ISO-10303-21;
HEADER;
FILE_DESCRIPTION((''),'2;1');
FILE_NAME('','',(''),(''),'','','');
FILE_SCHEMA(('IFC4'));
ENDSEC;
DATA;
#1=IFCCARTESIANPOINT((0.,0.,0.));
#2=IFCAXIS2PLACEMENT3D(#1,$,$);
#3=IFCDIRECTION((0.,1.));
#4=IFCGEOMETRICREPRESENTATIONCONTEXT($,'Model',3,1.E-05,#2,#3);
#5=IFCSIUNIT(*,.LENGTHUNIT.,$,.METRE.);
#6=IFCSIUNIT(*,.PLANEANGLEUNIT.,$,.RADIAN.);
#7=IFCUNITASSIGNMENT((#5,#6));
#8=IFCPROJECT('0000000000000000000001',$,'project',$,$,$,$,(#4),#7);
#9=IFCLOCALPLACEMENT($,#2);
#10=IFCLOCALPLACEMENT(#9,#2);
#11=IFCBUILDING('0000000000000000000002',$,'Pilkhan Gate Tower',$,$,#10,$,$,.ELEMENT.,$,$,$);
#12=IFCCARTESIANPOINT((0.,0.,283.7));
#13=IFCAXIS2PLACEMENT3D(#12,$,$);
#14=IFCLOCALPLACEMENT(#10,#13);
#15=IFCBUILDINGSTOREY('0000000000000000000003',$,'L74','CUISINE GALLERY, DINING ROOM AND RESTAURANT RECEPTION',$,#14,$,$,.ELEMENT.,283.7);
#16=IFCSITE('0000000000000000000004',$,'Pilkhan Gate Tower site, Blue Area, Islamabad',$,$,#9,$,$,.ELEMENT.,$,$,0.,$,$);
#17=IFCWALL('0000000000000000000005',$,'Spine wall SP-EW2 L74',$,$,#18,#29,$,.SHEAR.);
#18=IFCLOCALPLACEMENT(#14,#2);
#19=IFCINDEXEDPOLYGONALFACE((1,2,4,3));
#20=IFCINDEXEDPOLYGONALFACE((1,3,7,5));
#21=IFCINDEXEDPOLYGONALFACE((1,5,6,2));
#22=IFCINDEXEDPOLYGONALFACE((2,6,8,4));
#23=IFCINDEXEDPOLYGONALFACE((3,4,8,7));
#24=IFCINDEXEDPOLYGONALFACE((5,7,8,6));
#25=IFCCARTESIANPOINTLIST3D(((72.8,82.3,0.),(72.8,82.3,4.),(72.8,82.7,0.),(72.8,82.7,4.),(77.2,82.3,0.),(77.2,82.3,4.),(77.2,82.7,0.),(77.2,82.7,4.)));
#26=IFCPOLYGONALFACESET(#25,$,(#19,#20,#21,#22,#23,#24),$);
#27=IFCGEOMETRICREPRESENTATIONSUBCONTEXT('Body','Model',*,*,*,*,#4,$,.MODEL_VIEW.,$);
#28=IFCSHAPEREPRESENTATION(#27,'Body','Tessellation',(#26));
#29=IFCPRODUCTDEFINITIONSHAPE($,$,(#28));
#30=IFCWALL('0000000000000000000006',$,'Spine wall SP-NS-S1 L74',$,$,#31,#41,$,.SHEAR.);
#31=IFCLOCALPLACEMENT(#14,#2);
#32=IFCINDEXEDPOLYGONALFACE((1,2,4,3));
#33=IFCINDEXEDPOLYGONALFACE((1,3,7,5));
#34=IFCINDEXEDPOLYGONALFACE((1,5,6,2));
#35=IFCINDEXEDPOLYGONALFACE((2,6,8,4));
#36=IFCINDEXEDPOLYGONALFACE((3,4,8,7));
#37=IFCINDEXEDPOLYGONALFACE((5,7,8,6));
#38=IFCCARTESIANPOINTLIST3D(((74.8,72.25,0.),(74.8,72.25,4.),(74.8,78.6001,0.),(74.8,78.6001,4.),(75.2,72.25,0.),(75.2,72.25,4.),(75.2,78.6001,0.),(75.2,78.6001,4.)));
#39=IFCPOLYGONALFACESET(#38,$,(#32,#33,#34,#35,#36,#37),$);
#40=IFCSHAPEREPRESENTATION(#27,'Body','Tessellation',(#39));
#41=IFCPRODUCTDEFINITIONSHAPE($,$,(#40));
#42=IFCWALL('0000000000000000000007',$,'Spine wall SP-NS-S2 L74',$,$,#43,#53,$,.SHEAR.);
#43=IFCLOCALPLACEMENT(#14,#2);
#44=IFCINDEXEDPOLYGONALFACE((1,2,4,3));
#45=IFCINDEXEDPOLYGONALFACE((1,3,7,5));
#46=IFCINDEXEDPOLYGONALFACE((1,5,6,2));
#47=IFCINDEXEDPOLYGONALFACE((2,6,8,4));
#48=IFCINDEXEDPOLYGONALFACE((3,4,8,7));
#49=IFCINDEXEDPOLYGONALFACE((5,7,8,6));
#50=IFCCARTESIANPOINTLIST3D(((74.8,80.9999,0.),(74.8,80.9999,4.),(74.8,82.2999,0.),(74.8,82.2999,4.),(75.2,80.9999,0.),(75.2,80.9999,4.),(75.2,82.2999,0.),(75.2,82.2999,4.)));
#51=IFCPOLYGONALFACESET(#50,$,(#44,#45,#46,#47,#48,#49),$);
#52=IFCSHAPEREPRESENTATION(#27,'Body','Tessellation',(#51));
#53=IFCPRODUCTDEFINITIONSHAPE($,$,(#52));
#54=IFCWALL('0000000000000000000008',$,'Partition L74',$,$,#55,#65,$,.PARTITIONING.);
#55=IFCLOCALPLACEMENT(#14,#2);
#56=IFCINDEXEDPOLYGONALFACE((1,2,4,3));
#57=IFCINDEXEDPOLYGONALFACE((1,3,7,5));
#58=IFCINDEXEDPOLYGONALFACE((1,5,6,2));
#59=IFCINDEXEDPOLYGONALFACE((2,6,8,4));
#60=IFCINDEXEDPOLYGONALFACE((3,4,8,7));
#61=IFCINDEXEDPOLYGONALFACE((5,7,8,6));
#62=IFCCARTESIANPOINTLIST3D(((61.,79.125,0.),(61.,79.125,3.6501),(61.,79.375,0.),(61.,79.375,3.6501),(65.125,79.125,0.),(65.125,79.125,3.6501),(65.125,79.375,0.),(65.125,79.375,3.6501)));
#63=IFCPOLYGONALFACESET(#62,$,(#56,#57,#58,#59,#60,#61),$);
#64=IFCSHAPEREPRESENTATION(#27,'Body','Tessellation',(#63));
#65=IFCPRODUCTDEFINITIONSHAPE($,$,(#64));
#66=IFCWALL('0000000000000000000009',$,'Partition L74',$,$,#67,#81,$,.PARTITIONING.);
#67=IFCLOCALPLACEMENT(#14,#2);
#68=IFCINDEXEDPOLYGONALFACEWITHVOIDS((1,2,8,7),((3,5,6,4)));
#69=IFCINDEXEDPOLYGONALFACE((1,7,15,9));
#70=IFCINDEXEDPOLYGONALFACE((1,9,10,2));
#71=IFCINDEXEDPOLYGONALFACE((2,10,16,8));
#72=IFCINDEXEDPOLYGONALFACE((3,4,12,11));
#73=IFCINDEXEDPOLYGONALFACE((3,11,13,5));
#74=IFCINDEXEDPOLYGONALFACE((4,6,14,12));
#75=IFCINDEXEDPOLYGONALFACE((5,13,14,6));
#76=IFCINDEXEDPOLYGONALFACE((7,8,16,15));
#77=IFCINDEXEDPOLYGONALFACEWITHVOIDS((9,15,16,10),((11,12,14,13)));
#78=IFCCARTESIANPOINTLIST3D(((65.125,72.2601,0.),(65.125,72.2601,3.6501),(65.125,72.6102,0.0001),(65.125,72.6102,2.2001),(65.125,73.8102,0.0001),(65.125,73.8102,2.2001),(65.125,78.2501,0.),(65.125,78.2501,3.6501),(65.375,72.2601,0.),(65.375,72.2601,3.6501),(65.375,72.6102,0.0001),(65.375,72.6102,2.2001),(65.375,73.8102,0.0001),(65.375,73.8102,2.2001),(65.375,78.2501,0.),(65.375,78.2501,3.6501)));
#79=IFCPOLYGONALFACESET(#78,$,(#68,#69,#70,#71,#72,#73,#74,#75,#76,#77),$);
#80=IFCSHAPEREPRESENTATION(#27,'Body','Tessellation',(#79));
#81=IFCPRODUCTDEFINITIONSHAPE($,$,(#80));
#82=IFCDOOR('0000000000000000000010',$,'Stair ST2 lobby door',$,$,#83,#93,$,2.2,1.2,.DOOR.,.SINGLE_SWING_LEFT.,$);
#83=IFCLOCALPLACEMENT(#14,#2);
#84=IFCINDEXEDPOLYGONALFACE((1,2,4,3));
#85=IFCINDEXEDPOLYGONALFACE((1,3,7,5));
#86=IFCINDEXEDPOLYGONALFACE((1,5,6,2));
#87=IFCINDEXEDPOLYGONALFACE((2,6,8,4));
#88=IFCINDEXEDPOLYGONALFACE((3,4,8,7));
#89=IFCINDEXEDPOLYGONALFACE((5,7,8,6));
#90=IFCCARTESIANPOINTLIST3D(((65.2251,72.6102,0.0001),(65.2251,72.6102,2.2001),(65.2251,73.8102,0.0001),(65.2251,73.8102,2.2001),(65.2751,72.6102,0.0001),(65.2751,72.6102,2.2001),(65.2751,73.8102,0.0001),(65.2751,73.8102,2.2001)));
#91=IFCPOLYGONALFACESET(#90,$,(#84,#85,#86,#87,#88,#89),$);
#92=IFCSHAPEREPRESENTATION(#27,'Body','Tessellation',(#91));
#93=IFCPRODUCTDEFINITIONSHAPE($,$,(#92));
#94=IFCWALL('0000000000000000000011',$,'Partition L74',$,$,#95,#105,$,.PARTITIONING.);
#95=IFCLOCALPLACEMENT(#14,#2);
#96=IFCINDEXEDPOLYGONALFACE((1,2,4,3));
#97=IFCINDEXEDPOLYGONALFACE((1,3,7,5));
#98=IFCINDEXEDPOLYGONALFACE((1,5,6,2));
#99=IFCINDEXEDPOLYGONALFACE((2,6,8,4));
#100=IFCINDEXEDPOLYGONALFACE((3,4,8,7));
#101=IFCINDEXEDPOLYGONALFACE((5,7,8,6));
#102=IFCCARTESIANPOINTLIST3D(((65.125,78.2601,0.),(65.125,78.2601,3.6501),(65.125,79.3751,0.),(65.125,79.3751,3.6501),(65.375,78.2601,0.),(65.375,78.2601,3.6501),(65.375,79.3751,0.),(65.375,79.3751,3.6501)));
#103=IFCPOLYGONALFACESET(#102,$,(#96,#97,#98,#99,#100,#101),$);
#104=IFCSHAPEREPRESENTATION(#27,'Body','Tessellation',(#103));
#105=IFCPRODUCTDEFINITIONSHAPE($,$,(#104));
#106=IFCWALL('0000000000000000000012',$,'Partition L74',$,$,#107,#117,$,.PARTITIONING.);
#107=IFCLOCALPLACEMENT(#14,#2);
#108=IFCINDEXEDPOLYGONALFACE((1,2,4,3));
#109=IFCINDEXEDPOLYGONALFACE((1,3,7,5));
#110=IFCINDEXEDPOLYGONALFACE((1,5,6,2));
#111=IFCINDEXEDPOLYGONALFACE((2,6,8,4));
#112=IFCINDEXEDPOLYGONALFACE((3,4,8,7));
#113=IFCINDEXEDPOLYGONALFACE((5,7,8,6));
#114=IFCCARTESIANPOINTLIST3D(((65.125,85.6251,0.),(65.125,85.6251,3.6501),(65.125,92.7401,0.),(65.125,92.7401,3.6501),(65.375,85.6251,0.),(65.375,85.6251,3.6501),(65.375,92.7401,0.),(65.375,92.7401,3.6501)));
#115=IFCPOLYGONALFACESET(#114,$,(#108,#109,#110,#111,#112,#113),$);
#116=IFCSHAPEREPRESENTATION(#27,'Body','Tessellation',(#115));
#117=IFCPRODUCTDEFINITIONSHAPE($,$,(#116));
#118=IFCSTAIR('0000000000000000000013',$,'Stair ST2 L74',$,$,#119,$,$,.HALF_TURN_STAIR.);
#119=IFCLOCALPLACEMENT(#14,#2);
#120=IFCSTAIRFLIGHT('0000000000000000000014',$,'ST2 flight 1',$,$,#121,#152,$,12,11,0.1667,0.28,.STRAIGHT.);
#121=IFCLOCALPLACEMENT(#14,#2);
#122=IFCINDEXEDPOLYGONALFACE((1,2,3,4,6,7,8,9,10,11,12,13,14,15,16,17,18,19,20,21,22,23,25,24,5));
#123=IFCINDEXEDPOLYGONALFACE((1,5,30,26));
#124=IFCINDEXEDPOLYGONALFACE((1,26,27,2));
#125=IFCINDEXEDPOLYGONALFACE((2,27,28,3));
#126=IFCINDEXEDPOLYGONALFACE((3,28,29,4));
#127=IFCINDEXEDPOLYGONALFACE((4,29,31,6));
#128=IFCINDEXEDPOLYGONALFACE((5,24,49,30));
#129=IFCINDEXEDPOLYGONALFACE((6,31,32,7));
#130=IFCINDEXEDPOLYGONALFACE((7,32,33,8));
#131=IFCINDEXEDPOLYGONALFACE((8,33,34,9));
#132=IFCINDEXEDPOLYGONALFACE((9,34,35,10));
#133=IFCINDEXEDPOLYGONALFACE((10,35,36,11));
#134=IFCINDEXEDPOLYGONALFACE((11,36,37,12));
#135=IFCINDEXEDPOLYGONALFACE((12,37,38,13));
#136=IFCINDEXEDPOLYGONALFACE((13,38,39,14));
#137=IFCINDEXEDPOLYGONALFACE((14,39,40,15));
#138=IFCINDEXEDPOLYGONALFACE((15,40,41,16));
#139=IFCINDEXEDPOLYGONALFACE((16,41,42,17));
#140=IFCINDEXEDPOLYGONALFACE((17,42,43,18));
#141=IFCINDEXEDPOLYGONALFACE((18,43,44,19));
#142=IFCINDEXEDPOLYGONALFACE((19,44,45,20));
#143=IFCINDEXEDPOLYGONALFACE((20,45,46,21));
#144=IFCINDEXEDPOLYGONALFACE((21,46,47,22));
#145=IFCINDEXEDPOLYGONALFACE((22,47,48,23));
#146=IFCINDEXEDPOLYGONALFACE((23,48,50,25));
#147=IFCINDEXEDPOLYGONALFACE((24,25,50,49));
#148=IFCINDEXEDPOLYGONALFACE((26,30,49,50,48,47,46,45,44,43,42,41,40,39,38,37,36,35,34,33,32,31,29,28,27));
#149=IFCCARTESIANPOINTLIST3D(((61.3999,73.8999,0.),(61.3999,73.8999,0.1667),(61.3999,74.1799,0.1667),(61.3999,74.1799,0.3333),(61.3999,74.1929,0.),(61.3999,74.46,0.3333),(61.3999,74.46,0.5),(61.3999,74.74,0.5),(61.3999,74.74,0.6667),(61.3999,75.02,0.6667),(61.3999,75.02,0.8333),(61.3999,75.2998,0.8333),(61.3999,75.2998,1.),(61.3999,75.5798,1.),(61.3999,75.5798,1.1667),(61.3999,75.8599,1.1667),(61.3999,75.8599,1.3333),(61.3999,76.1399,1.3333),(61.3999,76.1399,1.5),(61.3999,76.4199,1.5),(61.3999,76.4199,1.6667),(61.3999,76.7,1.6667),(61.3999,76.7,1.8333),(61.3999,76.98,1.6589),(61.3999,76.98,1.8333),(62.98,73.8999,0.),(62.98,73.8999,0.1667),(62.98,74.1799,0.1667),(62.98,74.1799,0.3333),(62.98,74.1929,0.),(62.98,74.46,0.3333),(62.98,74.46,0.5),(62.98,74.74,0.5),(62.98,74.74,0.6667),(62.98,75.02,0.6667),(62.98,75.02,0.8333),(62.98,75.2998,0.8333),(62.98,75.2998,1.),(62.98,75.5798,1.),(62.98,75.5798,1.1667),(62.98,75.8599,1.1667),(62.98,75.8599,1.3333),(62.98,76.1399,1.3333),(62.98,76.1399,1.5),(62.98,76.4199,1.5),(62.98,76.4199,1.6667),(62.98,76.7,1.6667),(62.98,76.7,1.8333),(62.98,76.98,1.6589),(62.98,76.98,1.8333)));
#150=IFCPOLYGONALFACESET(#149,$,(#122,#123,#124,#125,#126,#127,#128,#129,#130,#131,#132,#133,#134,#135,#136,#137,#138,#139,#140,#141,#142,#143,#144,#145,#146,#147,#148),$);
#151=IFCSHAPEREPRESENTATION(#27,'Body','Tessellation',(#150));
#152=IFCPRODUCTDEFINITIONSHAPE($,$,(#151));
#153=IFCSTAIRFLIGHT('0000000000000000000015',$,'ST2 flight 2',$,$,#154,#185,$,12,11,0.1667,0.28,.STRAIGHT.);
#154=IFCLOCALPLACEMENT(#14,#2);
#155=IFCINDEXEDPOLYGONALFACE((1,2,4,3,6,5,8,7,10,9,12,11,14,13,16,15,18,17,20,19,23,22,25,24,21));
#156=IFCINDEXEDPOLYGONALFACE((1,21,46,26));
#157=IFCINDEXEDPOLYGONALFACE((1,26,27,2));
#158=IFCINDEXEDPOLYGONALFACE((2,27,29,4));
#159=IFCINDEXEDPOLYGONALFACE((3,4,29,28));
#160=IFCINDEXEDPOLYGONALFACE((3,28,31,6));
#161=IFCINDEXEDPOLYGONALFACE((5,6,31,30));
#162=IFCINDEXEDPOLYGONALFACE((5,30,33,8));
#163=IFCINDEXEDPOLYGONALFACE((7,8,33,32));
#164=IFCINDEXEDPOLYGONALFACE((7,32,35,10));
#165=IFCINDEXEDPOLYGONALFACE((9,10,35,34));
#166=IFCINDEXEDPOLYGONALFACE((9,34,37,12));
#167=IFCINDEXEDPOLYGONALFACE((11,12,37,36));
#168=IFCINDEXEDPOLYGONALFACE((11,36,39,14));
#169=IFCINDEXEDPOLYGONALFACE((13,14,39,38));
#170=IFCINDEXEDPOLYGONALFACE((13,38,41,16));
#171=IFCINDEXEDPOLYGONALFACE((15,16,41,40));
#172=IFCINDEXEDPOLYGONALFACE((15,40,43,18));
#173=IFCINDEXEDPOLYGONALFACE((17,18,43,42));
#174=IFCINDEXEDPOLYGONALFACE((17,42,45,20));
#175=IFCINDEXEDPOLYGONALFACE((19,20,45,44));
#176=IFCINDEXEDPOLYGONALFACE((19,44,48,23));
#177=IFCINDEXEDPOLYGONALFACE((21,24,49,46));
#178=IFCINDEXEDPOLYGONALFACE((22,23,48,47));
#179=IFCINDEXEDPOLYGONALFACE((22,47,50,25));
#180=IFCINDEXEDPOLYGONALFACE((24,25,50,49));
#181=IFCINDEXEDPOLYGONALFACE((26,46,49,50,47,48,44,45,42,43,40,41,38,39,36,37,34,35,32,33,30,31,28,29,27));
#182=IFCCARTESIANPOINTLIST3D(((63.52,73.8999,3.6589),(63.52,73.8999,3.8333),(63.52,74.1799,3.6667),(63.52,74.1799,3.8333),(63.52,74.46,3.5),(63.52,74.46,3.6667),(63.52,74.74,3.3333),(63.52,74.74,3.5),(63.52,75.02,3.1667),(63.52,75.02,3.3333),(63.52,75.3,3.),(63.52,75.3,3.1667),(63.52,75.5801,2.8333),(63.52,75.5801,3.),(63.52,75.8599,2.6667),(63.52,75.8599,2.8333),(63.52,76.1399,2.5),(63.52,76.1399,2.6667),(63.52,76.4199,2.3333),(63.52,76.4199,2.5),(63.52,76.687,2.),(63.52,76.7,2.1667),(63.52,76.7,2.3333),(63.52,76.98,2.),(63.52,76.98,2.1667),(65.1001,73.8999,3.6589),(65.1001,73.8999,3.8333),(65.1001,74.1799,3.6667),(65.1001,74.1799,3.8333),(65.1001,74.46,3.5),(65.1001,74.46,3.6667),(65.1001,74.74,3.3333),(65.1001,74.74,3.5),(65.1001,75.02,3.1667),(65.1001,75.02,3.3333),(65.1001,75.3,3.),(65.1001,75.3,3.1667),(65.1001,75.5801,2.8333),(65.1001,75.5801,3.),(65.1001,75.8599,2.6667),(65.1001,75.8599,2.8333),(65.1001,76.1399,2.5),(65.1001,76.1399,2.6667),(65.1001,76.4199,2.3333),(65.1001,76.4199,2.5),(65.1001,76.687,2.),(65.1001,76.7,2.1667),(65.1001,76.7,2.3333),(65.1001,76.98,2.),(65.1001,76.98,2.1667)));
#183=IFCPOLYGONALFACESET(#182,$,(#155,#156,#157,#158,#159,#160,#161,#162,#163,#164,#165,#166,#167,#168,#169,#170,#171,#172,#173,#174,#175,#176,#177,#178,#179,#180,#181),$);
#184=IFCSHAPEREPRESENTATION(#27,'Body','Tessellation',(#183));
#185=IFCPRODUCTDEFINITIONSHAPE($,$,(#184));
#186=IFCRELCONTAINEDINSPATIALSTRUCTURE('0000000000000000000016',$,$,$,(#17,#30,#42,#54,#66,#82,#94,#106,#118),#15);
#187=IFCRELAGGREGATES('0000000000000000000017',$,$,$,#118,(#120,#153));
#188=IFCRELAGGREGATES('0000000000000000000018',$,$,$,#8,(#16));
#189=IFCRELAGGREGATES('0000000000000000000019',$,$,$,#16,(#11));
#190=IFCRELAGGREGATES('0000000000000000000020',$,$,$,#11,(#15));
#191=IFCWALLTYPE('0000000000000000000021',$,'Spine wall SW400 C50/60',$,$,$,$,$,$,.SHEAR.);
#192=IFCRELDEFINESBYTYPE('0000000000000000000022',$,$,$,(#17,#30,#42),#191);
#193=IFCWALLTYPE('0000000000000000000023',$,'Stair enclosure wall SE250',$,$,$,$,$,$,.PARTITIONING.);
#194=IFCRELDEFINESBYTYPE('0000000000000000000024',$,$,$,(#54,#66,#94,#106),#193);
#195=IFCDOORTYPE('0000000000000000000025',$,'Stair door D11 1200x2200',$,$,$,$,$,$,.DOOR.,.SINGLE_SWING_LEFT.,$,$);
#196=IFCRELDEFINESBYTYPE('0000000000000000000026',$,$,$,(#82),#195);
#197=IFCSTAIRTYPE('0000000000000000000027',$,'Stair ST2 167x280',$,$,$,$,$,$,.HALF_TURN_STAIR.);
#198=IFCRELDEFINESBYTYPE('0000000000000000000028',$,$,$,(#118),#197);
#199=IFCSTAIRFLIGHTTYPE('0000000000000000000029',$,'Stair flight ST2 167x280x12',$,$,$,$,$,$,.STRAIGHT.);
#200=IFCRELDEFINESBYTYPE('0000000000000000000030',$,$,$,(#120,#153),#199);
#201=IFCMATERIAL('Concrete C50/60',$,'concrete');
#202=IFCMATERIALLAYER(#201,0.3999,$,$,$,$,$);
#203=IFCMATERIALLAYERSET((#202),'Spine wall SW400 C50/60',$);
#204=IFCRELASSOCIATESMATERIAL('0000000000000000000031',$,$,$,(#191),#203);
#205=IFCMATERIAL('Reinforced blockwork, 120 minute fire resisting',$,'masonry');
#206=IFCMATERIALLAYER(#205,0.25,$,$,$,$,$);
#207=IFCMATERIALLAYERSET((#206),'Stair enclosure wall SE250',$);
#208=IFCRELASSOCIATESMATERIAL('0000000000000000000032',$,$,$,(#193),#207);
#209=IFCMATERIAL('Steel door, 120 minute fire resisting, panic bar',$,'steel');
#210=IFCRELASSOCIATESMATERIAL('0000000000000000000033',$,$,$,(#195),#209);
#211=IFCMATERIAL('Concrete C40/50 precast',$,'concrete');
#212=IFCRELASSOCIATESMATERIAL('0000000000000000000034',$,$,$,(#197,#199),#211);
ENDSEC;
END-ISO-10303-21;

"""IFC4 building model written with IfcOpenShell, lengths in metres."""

from ifc_helpers import new_model, si_unit, direction, frame, frame_2d, origin, place, context, subcontext, project, spatial, polyline, rectangle, outline, extrude, material, layer, layer_set, type_object, element, fill, aggregate, save


model = new_model("IFC4")

# Units and contexts
model_context = context("Model", 3, precision=1e-05, world=origin(), true_north=direction((0.0, 1.0)))
body_context = subcontext(model_context, "Body", "Model", "MODEL_VIEW")
ifc_project = project(units=[si_unit("LENGTHUNIT", "METRE"), si_unit("PLANEANGLEUNIT", "RADIAN")], contexts=[model_context])

# Site, building, storey
site_placement = place(None, origin())
site = spatial("IfcSite", under=ifc_project, at=site_placement, Name="Pilkhan Gate Tower site, Blue Area, Islamabad", CompositionType="ELEMENT", RefElevation=0.0)
building_placement = place(site_placement, origin())
building = spatial("IfcBuilding", under=site, at=building_placement, Name="Pilkhan Gate Tower", CompositionType="ELEMENT")
storey_placement = place(building_placement, frame((0.0, 0.0, 283.7)))
storey = spatial("IfcBuildingStorey", under=building, at=storey_placement, Name="L74", Description="CUISINE GALLERY, DINING ROOM AND RESTAURANT RECEPTION", CompositionType="ELEMENT", Elevation=283.7)

# Shared definitions
ifc_material_1 = material(Name="Concrete C50/60", Category="concrete")

# Walls
ifc_layer_1 = layer(ifc_material_1, 0.3999)
ifc_layer_set_1 = layer_set([ifc_layer_1], Name="Spine wall SW400 C50/60")
wall_type_1 = type_object("IfcWallType", Name="Spine wall SW400 C50/60", PredefinedType="SHEAR", material=ifc_layer_set_1)
wall_1_placement = place(storey_placement, frame((72.8, 82.5, 0.0), z_axis=(0.0, 0.0, 1.0), x_axis=(1.0, 0.0, 0.0)))
element("IfcWall", 1, at=wall_1_placement, inside=storey, type_object=wall_type_1, Name="Spine wall SP-EW2 L74", PredefinedType="SHEAR", context=body_context, shape_type="SweptSolid", body=[
    extrude(rectangle(XDim=4.3999, YDim=0.3999, at=frame_2d((2.2, 0.0))), origin(), (0.0, 0.0, 1.0), 4.0),
])
wall_2_placement = place(storey_placement, frame((75.0, 72.25, 0.0), z_axis=(0.0, 0.0, 1.0), x_axis=(0.0, 1.0, 0.0)))
element("IfcWall", 2, at=wall_2_placement, inside=storey, type_object=wall_type_1, Name="Spine wall SP-NS-S1 L74", PredefinedType="SHEAR", context=body_context, shape_type="SweptSolid", body=[
    extrude(rectangle(XDim=6.3501, YDim=0.3999, at=frame_2d((3.175, 0.0))), origin(), (0.0, 0.0, 1.0), 4.0),
])
wall_3_placement = place(storey_placement, frame((75.0, 81.0, 0.0), z_axis=(0.0, 0.0, 1.0), x_axis=(0.0, 1.0, 0.0)))
element("IfcWall", 3, at=wall_3_placement, inside=storey, type_object=wall_type_1, Name="Spine wall SP-NS-S2 L74", PredefinedType="SHEAR", context=body_context, shape_type="SweptSolid", body=[
    extrude(rectangle(XDim=1.3, YDim=0.3999, at=frame_2d((0.6499, 0.0))), origin(), (0.0, 0.0, 1.0), 4.0),
])
ifc_material_2 = material(Name="Reinforced blockwork, 120 minute fire resisting", Category="masonry")
ifc_layer_2 = layer(ifc_material_2, 0.25)
ifc_layer_set_2 = layer_set([ifc_layer_2], Name="Stair enclosure wall SE250")
wall_type_2 = type_object("IfcWallType", Name="Stair enclosure wall SE250", PredefinedType="PARTITIONING", material=ifc_layer_set_2)
wall_4_placement = place(storey_placement, frame((61.0, 79.25, 0.0), z_axis=(0.0, 0.0, 1.0), x_axis=(1.0, 0.0, 0.0)))
element("IfcWall", 4, at=wall_4_placement, inside=storey, type_object=wall_type_2, Name="Partition L74", PredefinedType="PARTITIONING", context=body_context, shape_type="SweptSolid", body=[
    extrude(rectangle(XDim=4.125, YDim=0.25, at=frame_2d((2.0625, 0.0))), origin(), (0.0, 0.0, 1.0), 3.6501),
])

# Wall, opening, door
wall_5_placement = place(storey_placement, frame((65.25, 72.26, 0.0), z_axis=(0.0, 0.0, 1.0), x_axis=(0.0, 1.0, 0.0)))
wall_5 = element("IfcWall", 5, at=wall_5_placement, inside=storey, type_object=wall_type_2, Name="Partition L74", PredefinedType="PARTITIONING", context=body_context, shape_type="SweptSolid", body=[
    extrude(rectangle(XDim=5.99, YDim=0.25, at=frame_2d((2.9951, 0.0))), origin(), (0.0, 0.0, 1.0), 3.6501),
])
opening_1_placement = place(wall_5_placement, frame((0.3501, 0.0, 0.0)))
opening_1 = element("IfcOpeningElement", 6, at=opening_1_placement, cuts=wall_5, PredefinedType="OPENING", context=body_context, shape_type="SweptSolid", body=[
    extrude(rectangle(XDim=1.2, YDim=2.2, at=frame_2d((0.6001, 1.1001))), frame((0.0, 0.135, 0.0), z_axis=(0.0, -1.0, 0.0), x_axis=(1.0, 0.0, 0.0)), (0.0, 0.0, 1.0), 0.27),
])
ifc_material_3 = material(Name="Steel door, 120 minute fire resisting, panic bar", Category="steel")
door_type_1 = type_object("IfcDoorType", Name="Stair door D11 1200x2200", OperationType="SINGLE_SWING_LEFT", PredefinedType="DOOR", material=ifc_material_3)
door_1_placement = place(opening_1_placement, origin())
door_1 = element("IfcDoor", 7, at=door_1_placement, inside=storey, type_object=door_type_1, Name="Stair ST2 lobby door", OperationType="SINGLE_SWING_LEFT", OverallHeight=2.2, OverallWidth=1.2, PredefinedType="DOOR", context=body_context, shape_type="SweptSolid", body=[
    extrude(rectangle(XDim=1.2, YDim=2.2, at=frame_2d((0.6001, 1.1001))), frame((0.0, 0.0249, 0.0), z_axis=(0.0, -1.0, 0.0), x_axis=(1.0, 0.0, 0.0)), (0.0, 0.0, 1.0), 0.05),
])
fill(opening_1, door_1)

# Walls
wall_6_placement = place(storey_placement, frame((65.25, 78.26, 0.0), z_axis=(0.0, 0.0, 1.0), x_axis=(0.0, 1.0, 0.0)))
element("IfcWall", 8, at=wall_6_placement, inside=storey, type_object=wall_type_2, Name="Partition L74", PredefinedType="PARTITIONING", context=body_context, shape_type="SweptSolid", body=[
    extrude(rectangle(XDim=1.115, YDim=0.25, at=frame_2d((0.5576, 0.0))), origin(), (0.0, 0.0, 1.0), 3.6501),
])
wall_7_placement = place(storey_placement, frame((65.25, 85.625, 0.0), z_axis=(0.0, 0.0, 1.0), x_axis=(0.0, 1.0, 0.0)))
element("IfcWall", 9, at=wall_7_placement, inside=storey, type_object=wall_type_2, Name="Partition L74", PredefinedType="PARTITIONING", context=body_context, shape_type="SweptSolid", body=[
    extrude(rectangle(XDim=7.115, YDim=0.25, at=frame_2d((3.5576, 0.0))), origin(), (0.0, 0.0, 1.0), 3.6501),
])

# Stair, stair flights
ifc_material_4 = material(Name="Concrete C40/50 precast", Category="concrete")
stair_type = type_object("IfcStairType", Name="Stair ST2 167x280", PredefinedType="HALF_TURN_STAIR", material=ifc_material_4)
stair_placement = place(storey_placement, origin())
stair = element("IfcStair", 10, at=stair_placement, inside=storey, type_object=stair_type, Name="Stair ST2 L74", PredefinedType="HALF_TURN_STAIR")
stair_flight_type = type_object("IfcStairFlightType", Name="Stair flight ST2 167x280x12", PredefinedType="STRAIGHT", material=ifc_material_4)
stair_flight_1_placement = place(storey_placement, frame((62.1899, 73.8999, 0.0), z_axis=(0.0, 0.0, 1.0), x_axis=(0.0, 1.0, 0.0)))
stair_flight_1 = element("IfcStairFlight", 11, at=stair_flight_1_placement, type_object=stair_flight_type, Name="ST2 flight 1", NumberOfRisers=12, NumberOfTreads=11, PredefinedType="STRAIGHT", RiserHeight=0.1667, TreadLength=0.28, context=body_context, shape_type="SweptSolid", body=[
    extrude(outline(polyline([(0.0, 0.0), (0.0, 0.1667), (0.28, 0.1667), (0.28, 0.3333), (0.5601, 0.3333), (0.5601, 0.5), (0.8401, 0.5), (0.8401, 0.6667), (1.1201, 0.6667), (1.1201, 0.8333), (1.3999, 0.8333), (1.3999, 1.0), (1.6799, 1.0), (1.6799, 1.1667), (1.96, 1.1667), (1.96, 1.3333), (2.24, 1.3333), (2.24, 1.5), (2.52, 1.5), (2.52, 1.6667), (2.8, 1.6667), (2.8, 1.8333), (3.0801, 1.8333), (3.0801, 2.0), (3.0801, 1.6589), (0.293, 0.0), (0.0, 0.0)])), frame((0.0, 0.79, 0.0), z_axis=(0.0, -1.0, 0.0), x_axis=(1.0, 0.0, 0.0)), (0.0, 0.0, 1.0), 1.5801),
])
stair_flight_2_placement = place(storey_placement, frame((64.3101, 76.98, 2.0), z_axis=(0.0, 0.0, 1.0), x_axis=(0.0, -1.0, 0.0)))
stair_flight_2 = element("IfcStairFlight", 12, at=stair_flight_2_placement, type_object=stair_flight_type, Name="ST2 flight 2", NumberOfRisers=12, NumberOfTreads=11, PredefinedType="STRAIGHT", RiserHeight=0.1667, TreadLength=0.28, context=body_context, shape_type="SweptSolid", body=[
    extrude(outline(polyline([(0.0, 0.0), (0.0, 0.1667), (0.28, 0.1667), (0.28, 0.3333), (0.5601, 0.3333), (0.5601, 0.5), (0.8401, 0.5), (0.8401, 0.6667), (1.1201, 0.6667), (1.1201, 0.8333), (1.3999, 0.8333), (1.3999, 1.0), (1.6799, 1.0), (1.6799, 1.1667), (1.96, 1.1667), (1.96, 1.3333), (2.24, 1.3333), (2.24, 1.5), (2.52, 1.5), (2.52, 1.6667), (2.8, 1.6667), (2.8, 1.8333), (3.0801, 1.8333), (3.0801, 2.0), (3.0801, 1.6589), (0.293, 0.0), (0.0, 0.0)])), frame((0.0, 0.79, 0.0), z_axis=(0.0, -1.0, 0.0), x_axis=(1.0, 0.0, 0.0)), (0.0, 0.0, 1.0), 1.5801),
])
aggregate(stair, [stair_flight_1, stair_flight_2])

save(model, "model.ifc")
